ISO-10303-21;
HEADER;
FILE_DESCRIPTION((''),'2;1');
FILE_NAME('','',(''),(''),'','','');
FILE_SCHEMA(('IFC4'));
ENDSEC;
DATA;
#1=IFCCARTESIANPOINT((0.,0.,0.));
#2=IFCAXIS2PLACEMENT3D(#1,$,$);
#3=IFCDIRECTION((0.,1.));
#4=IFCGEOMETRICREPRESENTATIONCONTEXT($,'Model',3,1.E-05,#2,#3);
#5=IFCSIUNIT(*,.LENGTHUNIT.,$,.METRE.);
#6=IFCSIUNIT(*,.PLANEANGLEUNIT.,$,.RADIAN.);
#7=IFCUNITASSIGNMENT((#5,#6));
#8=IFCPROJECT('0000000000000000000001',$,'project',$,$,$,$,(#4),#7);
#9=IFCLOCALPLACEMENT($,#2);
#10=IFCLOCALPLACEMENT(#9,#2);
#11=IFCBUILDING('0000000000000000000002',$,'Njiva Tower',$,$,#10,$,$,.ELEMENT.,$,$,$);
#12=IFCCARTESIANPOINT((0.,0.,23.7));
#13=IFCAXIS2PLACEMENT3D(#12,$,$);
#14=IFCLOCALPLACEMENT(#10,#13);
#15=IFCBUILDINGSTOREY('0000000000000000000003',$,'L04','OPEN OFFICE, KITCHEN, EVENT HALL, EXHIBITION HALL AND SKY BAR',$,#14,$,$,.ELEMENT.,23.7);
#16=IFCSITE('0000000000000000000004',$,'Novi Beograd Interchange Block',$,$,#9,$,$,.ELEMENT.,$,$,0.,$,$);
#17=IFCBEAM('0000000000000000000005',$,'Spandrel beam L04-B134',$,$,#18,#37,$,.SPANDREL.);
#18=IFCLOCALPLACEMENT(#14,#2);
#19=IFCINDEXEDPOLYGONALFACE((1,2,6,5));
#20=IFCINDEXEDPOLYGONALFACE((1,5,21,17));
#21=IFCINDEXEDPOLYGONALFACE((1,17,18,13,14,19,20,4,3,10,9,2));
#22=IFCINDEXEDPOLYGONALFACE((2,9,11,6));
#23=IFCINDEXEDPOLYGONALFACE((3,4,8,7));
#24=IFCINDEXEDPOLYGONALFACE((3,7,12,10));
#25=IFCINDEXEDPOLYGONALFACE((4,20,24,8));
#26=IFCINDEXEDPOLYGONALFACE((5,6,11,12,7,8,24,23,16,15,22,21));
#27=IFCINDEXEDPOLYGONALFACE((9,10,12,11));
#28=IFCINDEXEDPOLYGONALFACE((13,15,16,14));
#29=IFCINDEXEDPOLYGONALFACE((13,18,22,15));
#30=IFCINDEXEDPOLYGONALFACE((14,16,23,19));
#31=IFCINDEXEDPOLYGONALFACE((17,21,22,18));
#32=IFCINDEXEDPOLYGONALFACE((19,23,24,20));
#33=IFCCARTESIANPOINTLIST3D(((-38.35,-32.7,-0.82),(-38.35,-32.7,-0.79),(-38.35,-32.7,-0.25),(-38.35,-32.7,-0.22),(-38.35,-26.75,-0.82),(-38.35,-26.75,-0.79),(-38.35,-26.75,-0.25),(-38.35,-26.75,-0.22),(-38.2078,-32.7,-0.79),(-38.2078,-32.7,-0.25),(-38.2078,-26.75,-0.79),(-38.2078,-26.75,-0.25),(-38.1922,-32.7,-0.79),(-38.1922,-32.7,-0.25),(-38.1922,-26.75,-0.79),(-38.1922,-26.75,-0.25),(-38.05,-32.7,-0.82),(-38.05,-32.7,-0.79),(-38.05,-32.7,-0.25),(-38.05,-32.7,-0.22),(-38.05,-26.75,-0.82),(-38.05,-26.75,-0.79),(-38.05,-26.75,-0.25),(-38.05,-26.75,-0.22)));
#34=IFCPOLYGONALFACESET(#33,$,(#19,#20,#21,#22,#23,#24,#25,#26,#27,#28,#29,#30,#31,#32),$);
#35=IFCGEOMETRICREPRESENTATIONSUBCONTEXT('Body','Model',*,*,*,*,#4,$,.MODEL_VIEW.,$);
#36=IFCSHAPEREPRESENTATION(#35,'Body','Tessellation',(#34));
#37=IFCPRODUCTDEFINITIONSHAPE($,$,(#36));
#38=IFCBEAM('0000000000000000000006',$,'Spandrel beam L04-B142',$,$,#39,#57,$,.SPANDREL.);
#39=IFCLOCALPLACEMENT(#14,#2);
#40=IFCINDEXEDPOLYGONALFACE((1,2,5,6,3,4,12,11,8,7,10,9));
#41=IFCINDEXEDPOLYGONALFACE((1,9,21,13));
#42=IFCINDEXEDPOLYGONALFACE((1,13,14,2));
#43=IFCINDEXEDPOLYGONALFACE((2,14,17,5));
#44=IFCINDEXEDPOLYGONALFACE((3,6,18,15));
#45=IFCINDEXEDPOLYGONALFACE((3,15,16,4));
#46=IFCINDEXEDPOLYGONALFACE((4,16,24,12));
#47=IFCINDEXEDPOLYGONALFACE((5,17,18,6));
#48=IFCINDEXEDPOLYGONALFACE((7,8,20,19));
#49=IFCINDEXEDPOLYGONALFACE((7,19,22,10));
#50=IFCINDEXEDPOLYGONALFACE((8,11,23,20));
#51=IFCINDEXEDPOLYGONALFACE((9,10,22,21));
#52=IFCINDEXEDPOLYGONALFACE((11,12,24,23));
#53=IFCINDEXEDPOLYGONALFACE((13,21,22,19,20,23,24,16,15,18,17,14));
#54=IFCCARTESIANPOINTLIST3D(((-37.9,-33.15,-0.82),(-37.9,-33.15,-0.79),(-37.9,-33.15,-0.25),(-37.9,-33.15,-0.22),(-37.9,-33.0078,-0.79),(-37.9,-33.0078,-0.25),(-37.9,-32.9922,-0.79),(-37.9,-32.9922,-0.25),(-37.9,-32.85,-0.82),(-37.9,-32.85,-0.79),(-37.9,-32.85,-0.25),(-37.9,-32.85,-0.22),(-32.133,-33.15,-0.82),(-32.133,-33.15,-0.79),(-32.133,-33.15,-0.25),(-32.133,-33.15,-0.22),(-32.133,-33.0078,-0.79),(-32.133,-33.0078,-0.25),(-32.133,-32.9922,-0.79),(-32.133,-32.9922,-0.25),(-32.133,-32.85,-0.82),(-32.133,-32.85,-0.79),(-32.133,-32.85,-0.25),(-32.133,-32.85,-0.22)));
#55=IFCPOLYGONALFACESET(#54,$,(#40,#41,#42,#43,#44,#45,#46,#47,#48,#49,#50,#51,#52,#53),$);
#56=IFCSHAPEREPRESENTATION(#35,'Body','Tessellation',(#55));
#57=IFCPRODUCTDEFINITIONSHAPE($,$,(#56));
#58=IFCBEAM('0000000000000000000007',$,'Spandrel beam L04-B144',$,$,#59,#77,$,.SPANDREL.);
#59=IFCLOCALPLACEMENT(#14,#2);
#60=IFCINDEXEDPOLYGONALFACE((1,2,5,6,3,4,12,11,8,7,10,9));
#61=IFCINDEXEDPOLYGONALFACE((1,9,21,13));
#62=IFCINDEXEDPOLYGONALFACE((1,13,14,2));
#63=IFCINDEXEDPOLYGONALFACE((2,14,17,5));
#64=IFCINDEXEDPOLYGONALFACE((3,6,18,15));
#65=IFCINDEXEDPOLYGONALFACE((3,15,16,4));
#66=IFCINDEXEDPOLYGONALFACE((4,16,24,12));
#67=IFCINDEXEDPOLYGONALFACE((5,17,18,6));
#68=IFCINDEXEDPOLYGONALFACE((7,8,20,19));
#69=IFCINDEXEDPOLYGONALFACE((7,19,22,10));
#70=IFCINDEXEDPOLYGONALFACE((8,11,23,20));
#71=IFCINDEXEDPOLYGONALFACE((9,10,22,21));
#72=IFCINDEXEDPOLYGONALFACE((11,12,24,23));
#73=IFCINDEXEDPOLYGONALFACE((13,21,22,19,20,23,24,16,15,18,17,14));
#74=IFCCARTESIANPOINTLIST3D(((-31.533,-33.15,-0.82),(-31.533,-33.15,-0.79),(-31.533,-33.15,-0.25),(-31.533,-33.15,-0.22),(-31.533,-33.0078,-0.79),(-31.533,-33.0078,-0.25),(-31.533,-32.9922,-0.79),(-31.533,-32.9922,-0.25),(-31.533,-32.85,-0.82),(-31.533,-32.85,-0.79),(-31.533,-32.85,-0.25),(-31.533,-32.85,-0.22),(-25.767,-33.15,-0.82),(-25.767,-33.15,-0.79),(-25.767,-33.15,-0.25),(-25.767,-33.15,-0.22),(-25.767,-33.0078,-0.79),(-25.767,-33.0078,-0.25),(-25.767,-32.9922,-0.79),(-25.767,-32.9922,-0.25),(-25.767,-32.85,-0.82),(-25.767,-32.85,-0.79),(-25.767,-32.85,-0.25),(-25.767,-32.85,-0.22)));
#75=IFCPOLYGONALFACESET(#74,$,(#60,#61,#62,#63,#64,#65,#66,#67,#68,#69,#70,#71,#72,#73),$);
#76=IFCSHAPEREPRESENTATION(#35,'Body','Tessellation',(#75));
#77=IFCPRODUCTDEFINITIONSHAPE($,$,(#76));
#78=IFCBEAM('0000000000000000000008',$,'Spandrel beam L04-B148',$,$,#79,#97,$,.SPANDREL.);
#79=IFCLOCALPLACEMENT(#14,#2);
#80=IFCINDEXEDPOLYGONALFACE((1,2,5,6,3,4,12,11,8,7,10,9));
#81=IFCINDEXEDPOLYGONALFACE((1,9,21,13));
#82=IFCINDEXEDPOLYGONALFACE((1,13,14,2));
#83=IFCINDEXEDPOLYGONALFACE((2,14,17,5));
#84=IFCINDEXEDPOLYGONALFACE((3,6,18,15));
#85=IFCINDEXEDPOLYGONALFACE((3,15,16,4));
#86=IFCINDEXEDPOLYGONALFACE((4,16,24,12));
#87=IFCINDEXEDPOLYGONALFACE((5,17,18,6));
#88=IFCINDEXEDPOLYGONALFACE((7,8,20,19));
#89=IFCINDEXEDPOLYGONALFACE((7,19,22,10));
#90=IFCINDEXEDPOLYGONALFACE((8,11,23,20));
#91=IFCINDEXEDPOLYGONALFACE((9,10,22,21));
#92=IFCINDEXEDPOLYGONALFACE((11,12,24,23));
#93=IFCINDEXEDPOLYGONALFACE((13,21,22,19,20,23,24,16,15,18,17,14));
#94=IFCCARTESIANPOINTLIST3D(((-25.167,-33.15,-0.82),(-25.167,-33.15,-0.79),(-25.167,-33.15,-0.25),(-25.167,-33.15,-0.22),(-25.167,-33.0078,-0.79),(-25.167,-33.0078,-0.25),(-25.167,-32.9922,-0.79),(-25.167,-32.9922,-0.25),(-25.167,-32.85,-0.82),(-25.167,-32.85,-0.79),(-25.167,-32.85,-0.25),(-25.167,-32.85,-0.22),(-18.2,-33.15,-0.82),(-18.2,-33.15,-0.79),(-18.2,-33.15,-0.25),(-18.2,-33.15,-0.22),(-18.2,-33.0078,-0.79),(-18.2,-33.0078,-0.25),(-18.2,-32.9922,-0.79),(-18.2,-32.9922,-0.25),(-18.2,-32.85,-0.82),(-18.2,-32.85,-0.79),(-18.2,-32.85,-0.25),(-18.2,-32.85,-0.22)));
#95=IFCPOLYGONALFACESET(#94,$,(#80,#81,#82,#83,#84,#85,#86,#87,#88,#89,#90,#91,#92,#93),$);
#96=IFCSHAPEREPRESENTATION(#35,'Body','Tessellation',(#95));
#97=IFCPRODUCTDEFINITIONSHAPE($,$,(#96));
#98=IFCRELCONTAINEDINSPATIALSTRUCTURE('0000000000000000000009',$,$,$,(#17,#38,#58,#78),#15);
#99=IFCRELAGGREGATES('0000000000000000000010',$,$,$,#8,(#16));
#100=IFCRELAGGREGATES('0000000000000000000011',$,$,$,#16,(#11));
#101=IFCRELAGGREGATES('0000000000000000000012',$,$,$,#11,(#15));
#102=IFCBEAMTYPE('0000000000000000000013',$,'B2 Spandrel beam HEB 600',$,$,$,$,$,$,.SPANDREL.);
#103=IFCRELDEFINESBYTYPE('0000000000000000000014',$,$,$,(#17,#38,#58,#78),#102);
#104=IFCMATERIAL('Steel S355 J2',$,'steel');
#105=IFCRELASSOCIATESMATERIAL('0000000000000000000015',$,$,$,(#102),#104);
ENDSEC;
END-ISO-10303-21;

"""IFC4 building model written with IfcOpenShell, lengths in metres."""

from ifc_helpers import new_model, si_unit, direction, frame, origin, origin_2d, place, context, subcontext, project, spatial, i_section, extrude, material, material_profile, profile_set, type_object, element, save


model = new_model("IFC4")

# Units and contexts
model_context = context("Model", 3, precision=1e-05, world=origin(), true_north=direction((0.0, 1.0)))
body_context = subcontext(model_context, "Body", "Model", "MODEL_VIEW")
ifc_project = project(units=[si_unit("LENGTHUNIT", "METRE"), si_unit("PLANEANGLEUNIT", "RADIAN")], contexts=[model_context])

# Site, building, storey
site_placement = place(None, origin())
site = spatial("IfcSite", under=ifc_project, at=site_placement, Name="Novi Beograd Interchange Block", CompositionType="ELEMENT", RefElevation=0.0)
building_placement = place(site_placement, origin())
building = spatial("IfcBuilding", under=site, at=building_placement, Name="Njiva Tower", CompositionType="ELEMENT")
storey_placement = place(building_placement, frame((0.0, 0.0, 23.7)))
storey = spatial("IfcBuildingStorey", under=building, at=storey_placement, Name="L04", Description="OPEN OFFICE, KITCHEN, EVENT HALL, EXHIBITION HALL AND SKY BAR", CompositionType="ELEMENT", Elevation=23.7)

# Shared definitions
ifc_material_1 = material(Name="Steel S355 J2", Category="steel")

# Beams
ifc_material_profile_1 = material_profile(ifc_material_1, i_section(OverallWidth=0.3, OverallDepth=0.6, WebThickness=0.0155, FlangeThickness=0.03, at=origin_2d()), Name="HEB 600")
ifc_profile_set_1 = profile_set([ifc_material_profile_1], Name="Steel S355 J2")
beam_type_1 = type_object("IfcBeamType", Name="B2 Spandrel beam HEB 600", PredefinedType="SPANDREL", material=ifc_profile_set_1)
for number, where, z_axis, x_axis, name in (
    (1, (-38.2, -26.75, -0.52), (0.0, -1.0, 0.0), (1.0, 0.0, 0.0), "Spandrel beam L04-B134"),
):
    element("IfcBeam", number, at=place(storey_placement, frame(where, z_axis=z_axis, x_axis=x_axis)), inside=storey, type_object=beam_type_1, Name=name, PredefinedType="SPANDREL", context=body_context, shape_type="SweptSolid", body=[
        extrude(i_section(OverallWidth=0.3, OverallDepth=0.6, WebThickness=0.0155, FlangeThickness=0.03, at=origin_2d()), origin(), (0.0, 0.0, 1.0), 5.95),
    ])
beam_1_placement = place(storey_placement, frame((-37.9, -33.0, -0.52), z_axis=(1.0, 0.0, 0.0), x_axis=(0.0, 1.0, 0.0)))
element("IfcBeam", 2, at=beam_1_placement, inside=storey, type_object=beam_type_1, Name="Spandrel beam L04-B142", PredefinedType="SPANDREL", context=body_context, shape_type="SweptSolid", body=[
    extrude(i_section(OverallWidth=0.3, OverallDepth=0.6, WebThickness=0.0155, FlangeThickness=0.03, at=origin_2d()), origin(), (0.0, 0.0, 1.0), 5.767),
])
beam_2_placement = place(storey_placement, frame((-31.533, -33.0, -0.52), z_axis=(1.0, 0.0, 0.0), x_axis=(0.0, 1.0, 0.0)))
element("IfcBeam", 3, at=beam_2_placement, inside=storey, type_object=beam_type_1, Name="Spandrel beam L04-B144", PredefinedType="SPANDREL", context=body_context, shape_type="SweptSolid", body=[
    extrude(i_section(OverallWidth=0.3, OverallDepth=0.6, WebThickness=0.0155, FlangeThickness=0.03, at=origin_2d()), origin(), (0.0, 0.0, 1.0), 5.766),
])
beam_3_placement = place(storey_placement, frame((-25.167, -33.0, -0.52), z_axis=(1.0, 0.0, 0.0), x_axis=(0.0, 1.0, 0.0)))
element("IfcBeam", 4, at=beam_3_placement, inside=storey, type_object=beam_type_1, Name="Spandrel beam L04-B148", PredefinedType="SPANDREL", context=body_context, shape_type="SweptSolid", body=[
    extrude(i_section(OverallWidth=0.3, OverallDepth=0.6, WebThickness=0.0155, FlangeThickness=0.03, at=origin_2d()), origin(), (0.0, 0.0, 1.0), 6.967),
])

save(model, "model.ifc")
